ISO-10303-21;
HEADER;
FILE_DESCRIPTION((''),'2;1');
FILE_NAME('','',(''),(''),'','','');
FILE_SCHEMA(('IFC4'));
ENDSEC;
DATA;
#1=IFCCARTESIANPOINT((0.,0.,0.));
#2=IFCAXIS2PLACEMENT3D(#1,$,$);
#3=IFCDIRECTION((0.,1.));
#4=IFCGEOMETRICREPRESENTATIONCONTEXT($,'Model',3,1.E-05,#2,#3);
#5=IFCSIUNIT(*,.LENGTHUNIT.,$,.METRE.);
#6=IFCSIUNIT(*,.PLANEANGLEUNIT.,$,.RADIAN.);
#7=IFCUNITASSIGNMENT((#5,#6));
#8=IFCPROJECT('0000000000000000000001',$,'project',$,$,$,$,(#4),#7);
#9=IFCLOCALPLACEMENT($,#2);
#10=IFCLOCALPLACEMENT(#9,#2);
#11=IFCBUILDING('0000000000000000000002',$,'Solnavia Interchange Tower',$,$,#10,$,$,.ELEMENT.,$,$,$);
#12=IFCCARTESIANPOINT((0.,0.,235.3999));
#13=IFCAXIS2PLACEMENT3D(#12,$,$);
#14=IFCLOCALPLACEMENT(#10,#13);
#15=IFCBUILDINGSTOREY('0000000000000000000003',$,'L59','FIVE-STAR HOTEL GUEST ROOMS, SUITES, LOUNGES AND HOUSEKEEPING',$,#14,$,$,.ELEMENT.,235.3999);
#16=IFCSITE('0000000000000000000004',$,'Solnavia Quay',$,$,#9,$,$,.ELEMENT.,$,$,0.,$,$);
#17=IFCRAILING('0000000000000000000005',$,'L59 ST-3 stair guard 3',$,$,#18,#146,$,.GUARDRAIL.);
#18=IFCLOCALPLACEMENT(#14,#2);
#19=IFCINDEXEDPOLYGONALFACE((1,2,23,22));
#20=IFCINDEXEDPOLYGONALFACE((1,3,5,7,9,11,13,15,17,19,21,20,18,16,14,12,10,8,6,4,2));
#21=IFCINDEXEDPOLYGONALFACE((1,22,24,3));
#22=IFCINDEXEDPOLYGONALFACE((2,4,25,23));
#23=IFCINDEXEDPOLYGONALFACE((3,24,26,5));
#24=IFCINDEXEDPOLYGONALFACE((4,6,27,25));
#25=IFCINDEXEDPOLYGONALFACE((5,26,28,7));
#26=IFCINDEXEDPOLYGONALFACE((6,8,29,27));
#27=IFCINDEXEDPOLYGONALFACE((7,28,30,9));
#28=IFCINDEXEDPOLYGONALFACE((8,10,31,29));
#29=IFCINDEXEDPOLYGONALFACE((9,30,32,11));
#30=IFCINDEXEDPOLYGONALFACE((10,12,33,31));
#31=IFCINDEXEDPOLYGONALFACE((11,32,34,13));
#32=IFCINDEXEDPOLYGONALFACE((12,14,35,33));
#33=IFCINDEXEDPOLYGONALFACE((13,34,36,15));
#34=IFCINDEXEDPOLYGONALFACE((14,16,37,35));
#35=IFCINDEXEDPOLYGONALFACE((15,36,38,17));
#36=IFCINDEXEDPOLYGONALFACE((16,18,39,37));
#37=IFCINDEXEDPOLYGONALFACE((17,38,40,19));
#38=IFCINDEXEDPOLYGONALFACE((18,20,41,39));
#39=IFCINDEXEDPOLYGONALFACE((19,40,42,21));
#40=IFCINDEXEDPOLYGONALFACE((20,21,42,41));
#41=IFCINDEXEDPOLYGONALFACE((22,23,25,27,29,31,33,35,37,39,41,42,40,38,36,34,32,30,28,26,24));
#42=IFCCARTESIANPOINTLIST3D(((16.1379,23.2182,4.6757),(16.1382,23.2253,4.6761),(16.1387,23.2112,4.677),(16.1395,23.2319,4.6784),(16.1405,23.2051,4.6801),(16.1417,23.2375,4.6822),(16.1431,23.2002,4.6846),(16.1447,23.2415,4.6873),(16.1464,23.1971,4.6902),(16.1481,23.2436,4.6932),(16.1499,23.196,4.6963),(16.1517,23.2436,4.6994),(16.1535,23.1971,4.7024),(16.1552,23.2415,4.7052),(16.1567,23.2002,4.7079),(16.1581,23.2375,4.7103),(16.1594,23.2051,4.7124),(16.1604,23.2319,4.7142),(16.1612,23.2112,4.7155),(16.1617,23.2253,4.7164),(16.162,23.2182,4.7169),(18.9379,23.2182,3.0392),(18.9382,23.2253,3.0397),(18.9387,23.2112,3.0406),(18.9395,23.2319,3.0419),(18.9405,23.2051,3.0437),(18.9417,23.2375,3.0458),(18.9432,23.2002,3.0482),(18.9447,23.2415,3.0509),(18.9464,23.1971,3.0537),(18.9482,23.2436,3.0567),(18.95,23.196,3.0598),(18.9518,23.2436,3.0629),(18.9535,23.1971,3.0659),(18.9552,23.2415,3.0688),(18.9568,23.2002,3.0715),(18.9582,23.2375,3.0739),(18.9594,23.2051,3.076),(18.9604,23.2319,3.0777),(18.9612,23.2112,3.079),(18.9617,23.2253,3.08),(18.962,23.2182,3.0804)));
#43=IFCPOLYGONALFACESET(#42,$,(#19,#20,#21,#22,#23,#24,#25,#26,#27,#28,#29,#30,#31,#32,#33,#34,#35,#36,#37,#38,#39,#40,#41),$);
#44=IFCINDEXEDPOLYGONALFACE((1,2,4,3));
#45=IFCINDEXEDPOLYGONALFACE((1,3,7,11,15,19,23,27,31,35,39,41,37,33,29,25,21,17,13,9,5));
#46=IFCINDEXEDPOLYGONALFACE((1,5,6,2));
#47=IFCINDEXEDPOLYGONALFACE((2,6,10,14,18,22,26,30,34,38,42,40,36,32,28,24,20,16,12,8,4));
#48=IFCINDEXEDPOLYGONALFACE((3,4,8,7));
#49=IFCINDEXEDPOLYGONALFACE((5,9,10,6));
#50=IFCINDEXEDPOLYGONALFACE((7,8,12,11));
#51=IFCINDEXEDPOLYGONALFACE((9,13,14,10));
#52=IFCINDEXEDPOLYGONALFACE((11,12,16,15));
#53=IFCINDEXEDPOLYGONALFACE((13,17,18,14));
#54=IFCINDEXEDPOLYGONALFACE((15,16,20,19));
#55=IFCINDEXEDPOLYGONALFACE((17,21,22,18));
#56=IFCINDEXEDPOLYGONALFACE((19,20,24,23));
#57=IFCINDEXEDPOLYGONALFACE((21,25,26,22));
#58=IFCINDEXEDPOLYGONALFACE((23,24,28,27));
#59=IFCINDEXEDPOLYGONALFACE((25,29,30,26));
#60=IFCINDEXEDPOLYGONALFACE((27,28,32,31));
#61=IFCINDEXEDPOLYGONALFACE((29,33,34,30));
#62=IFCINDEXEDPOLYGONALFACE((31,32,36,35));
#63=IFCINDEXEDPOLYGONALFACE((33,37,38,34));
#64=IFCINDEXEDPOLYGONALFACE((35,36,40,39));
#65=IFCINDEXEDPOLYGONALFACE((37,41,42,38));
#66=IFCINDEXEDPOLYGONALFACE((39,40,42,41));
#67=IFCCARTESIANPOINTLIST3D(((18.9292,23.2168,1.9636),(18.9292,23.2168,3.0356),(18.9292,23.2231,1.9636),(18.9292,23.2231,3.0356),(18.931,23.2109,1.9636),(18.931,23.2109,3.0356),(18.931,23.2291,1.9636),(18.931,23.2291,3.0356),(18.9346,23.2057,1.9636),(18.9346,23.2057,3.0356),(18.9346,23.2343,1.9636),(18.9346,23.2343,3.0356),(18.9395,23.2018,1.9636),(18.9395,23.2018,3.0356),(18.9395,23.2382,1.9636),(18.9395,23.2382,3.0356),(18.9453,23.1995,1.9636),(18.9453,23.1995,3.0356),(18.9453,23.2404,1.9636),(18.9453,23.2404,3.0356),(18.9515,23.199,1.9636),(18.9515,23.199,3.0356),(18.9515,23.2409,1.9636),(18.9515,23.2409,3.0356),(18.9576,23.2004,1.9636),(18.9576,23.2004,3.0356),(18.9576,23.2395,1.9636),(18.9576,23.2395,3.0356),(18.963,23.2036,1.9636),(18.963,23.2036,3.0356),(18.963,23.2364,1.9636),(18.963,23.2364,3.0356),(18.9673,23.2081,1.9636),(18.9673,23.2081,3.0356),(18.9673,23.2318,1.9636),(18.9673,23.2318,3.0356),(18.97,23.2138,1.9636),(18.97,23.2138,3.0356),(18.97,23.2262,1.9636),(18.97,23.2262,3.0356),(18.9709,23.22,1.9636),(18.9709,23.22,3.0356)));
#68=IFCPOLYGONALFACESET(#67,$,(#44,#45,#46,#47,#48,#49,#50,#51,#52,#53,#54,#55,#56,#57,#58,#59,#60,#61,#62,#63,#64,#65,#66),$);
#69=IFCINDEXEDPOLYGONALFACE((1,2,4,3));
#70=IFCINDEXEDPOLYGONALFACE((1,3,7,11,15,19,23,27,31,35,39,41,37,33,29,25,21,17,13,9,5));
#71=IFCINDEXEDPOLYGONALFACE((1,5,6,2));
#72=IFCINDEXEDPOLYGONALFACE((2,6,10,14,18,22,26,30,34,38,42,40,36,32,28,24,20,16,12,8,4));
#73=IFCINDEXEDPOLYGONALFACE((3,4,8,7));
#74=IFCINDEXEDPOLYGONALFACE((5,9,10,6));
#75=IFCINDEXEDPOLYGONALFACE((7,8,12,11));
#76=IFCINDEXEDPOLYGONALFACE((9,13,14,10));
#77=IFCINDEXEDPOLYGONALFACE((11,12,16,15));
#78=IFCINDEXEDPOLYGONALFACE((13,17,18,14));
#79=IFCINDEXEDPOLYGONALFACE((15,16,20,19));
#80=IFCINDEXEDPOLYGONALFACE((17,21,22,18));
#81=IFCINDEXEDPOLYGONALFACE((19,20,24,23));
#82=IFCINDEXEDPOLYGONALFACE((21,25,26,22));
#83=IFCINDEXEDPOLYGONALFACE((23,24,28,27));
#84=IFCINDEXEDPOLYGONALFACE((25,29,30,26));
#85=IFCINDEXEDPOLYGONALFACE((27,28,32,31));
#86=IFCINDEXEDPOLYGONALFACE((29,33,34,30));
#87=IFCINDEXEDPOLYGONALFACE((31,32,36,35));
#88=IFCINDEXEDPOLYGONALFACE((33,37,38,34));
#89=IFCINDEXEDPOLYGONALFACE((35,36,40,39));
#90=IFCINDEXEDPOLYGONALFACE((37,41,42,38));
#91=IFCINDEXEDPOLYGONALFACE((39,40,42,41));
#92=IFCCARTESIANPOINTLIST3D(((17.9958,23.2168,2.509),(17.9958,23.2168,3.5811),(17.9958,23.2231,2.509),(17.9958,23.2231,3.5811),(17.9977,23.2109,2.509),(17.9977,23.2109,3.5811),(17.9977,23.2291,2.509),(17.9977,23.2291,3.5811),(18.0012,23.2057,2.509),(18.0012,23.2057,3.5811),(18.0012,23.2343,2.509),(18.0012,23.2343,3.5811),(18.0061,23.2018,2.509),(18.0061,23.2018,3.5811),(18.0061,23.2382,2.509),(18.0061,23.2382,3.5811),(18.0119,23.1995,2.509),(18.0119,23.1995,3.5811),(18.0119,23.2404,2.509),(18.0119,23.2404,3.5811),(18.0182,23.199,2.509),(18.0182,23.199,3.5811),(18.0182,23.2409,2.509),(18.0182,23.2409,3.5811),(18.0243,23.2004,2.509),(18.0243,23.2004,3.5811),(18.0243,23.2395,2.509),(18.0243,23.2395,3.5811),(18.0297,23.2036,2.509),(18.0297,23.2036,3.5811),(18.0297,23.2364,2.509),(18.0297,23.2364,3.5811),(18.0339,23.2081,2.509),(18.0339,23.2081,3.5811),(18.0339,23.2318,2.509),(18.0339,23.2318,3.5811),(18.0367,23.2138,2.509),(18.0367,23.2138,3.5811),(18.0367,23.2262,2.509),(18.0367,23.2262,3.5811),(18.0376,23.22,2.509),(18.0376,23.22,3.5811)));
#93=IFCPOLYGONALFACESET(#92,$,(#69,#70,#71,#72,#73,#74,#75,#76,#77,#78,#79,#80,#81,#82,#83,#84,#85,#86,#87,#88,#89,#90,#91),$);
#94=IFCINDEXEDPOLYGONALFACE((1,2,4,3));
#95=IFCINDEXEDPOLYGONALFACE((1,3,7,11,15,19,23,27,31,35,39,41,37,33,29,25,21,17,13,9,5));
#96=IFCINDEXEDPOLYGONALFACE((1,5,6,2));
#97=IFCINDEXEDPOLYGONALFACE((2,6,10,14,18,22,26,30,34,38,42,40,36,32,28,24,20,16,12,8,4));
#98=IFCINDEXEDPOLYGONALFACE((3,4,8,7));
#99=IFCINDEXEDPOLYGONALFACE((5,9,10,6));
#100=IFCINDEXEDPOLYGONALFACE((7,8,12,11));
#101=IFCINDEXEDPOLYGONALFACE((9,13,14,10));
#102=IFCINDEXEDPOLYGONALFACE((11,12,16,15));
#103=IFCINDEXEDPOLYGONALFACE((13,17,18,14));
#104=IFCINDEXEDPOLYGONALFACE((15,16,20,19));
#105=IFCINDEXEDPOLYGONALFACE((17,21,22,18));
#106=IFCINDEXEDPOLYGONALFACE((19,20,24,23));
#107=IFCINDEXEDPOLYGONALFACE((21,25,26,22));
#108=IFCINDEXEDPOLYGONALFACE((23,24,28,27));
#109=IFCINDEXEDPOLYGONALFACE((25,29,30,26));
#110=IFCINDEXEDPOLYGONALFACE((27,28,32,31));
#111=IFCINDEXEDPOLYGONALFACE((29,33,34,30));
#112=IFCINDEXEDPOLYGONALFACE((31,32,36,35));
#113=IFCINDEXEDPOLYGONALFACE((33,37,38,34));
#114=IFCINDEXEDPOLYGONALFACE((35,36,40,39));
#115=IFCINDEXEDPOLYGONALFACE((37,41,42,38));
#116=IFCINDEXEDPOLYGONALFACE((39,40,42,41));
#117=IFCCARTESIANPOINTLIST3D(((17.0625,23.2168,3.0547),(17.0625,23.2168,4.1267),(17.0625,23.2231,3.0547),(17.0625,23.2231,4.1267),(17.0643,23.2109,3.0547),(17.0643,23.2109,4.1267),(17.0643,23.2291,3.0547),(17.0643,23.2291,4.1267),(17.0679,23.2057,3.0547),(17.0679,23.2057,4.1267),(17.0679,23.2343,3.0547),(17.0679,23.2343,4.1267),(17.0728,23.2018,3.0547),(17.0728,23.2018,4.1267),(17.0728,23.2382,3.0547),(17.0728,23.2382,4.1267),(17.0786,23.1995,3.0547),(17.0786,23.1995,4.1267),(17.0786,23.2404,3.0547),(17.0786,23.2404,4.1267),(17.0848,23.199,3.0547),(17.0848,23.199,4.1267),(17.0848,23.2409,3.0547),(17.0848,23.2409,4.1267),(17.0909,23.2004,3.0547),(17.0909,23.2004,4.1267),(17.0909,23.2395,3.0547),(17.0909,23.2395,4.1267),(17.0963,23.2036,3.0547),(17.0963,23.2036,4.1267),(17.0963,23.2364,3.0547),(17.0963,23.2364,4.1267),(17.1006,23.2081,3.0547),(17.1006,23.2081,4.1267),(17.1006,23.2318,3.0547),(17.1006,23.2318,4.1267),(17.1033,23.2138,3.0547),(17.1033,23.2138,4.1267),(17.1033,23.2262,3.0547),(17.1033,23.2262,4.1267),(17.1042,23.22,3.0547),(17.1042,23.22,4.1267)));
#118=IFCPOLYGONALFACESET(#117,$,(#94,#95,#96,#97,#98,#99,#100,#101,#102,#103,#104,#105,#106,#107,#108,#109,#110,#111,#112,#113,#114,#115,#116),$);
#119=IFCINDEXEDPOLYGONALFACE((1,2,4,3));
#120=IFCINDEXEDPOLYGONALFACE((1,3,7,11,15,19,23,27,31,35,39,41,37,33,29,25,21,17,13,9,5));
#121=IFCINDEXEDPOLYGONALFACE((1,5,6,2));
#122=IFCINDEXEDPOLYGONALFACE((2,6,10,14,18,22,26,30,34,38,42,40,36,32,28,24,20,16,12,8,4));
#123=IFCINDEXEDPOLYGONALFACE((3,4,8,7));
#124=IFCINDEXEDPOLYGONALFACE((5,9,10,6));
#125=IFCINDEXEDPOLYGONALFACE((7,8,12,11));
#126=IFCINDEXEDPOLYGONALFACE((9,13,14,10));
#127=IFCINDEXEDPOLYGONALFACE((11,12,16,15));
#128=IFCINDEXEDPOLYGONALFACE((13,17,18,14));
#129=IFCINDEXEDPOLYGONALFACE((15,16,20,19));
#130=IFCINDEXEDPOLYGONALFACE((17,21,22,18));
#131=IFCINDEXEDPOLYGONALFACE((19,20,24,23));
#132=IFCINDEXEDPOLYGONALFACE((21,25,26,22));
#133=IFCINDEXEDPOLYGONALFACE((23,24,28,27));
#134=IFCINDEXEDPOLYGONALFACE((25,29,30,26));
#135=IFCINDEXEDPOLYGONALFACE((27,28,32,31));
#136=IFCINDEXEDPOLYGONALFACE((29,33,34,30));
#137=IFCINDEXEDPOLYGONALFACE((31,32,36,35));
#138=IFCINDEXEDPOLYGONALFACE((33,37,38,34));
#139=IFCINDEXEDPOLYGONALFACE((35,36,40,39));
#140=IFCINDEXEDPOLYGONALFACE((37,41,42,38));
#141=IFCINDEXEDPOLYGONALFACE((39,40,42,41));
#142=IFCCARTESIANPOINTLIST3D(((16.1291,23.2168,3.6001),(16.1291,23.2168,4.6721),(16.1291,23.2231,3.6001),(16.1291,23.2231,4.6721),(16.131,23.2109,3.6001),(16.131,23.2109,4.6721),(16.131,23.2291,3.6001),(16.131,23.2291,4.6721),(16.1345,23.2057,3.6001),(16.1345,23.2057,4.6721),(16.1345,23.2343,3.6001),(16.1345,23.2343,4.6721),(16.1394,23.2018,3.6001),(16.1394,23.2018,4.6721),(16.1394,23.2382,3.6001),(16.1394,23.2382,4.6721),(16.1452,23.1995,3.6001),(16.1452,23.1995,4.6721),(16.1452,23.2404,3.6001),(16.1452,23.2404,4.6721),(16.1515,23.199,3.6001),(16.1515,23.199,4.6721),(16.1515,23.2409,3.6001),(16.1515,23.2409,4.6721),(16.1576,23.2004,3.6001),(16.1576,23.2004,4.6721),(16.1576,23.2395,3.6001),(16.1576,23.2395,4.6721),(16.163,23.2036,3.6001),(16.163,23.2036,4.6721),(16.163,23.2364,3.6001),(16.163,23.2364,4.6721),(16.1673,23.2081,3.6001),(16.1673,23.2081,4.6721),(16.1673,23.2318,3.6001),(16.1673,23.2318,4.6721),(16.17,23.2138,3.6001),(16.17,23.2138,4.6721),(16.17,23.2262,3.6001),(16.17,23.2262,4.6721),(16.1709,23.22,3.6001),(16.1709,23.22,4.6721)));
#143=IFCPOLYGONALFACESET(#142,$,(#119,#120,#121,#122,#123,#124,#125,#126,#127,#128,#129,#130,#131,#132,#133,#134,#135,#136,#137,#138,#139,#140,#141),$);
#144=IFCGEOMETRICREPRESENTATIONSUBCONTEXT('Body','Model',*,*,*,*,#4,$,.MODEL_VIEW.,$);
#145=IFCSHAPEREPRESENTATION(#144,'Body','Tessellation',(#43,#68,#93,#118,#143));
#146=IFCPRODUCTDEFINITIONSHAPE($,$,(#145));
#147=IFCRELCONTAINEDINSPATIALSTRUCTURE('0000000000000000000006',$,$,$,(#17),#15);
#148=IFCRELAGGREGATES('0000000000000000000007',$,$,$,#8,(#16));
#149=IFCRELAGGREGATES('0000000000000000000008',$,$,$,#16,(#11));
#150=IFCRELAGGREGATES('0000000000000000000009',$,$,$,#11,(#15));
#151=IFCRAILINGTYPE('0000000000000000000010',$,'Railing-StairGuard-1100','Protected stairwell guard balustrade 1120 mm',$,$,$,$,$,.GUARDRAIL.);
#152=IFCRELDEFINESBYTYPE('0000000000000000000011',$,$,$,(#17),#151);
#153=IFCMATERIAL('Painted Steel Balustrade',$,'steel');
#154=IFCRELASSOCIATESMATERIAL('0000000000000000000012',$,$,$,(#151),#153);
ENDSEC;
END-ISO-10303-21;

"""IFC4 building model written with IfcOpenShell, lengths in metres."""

from ifc_helpers import new_model, si_unit, direction, frame, origin, origin_2d, place, context, subcontext, project, spatial, circle, extrude, material, type_object, element, save


model = new_model("IFC4")

# Units and contexts
model_context = context("Model", 3, precision=1e-05, world=origin(), true_north=direction((0.0, 1.0)))
body_context = subcontext(model_context, "Body", "Model", "MODEL_VIEW")
ifc_project = project(units=[si_unit("LENGTHUNIT", "METRE"), si_unit("PLANEANGLEUNIT", "RADIAN")], contexts=[model_context])

# Site, building, storey
site_placement = place(None, origin())
site = spatial("IfcSite", under=ifc_project, at=site_placement, Name="Solnavia Quay", CompositionType="ELEMENT", RefElevation=0.0)
building_placement = place(site_placement, origin())
building = spatial("IfcBuilding", under=site, at=building_placement, Name="Solnavia Interchange Tower", CompositionType="ELEMENT")
storey_placement = place(building_placement, frame((0.0, 0.0, 235.3999)))
storey = spatial("IfcBuildingStorey", under=building, at=storey_placement, Name="L59", Description="FIVE-STAR HOTEL GUEST ROOMS, SUITES, LOUNGES AND HOUSEKEEPING", CompositionType="ELEMENT", Elevation=235.3999)

# Railing
ifc_material_1 = material(Name="Painted Steel Balustrade", Category="steel")
railing_type_1 = type_object("IfcRailingType", Name="Railing-StairGuard-1100", Description="Protected stairwell guard balustrade 1120 mm", PredefinedType="GUARDRAIL", material=ifc_material_1)
railing_1_placement = place(storey_placement, frame((18.95, 23.22, 1.9636)))
element("IfcRailing", 1, at=railing_1_placement, inside=storey, type_object=railing_type_1, Name="L59 ST-3 stair guard 3", PredefinedType="GUARDRAIL", context=body_context, shape_type="SweptSolid", body=[
    extrude(circle(Radius=0.0239, at=origin_2d()), frame((0.0, 0.0, 1.0962), z_axis=(-0.863361, 0.0, 0.504587), x_axis=(0.0, -1.0, 0.0)), (0.0, 0.0, 1.0), 3.2432),
    extrude(circle(Radius=0.021, at=origin_2d()), origin(), (0.0, 0.0, 1.0), 1.072),
    extrude(circle(Radius=0.021, at=origin_2d()), frame((-0.9333, 0.0, 0.5454)), (0.0, 0.0, 1.0), 1.072),
    extrude(circle(Radius=0.021, at=origin_2d()), frame((-1.8667, 0.0, 1.0911)), (0.0, 0.0, 1.0), 1.072),
    extrude(circle(Radius=0.021, at=origin_2d()), frame((-2.8, 0.0, 1.6365)), (0.0, 0.0, 1.0), 1.072),
])

save(model, "model.ifc")
